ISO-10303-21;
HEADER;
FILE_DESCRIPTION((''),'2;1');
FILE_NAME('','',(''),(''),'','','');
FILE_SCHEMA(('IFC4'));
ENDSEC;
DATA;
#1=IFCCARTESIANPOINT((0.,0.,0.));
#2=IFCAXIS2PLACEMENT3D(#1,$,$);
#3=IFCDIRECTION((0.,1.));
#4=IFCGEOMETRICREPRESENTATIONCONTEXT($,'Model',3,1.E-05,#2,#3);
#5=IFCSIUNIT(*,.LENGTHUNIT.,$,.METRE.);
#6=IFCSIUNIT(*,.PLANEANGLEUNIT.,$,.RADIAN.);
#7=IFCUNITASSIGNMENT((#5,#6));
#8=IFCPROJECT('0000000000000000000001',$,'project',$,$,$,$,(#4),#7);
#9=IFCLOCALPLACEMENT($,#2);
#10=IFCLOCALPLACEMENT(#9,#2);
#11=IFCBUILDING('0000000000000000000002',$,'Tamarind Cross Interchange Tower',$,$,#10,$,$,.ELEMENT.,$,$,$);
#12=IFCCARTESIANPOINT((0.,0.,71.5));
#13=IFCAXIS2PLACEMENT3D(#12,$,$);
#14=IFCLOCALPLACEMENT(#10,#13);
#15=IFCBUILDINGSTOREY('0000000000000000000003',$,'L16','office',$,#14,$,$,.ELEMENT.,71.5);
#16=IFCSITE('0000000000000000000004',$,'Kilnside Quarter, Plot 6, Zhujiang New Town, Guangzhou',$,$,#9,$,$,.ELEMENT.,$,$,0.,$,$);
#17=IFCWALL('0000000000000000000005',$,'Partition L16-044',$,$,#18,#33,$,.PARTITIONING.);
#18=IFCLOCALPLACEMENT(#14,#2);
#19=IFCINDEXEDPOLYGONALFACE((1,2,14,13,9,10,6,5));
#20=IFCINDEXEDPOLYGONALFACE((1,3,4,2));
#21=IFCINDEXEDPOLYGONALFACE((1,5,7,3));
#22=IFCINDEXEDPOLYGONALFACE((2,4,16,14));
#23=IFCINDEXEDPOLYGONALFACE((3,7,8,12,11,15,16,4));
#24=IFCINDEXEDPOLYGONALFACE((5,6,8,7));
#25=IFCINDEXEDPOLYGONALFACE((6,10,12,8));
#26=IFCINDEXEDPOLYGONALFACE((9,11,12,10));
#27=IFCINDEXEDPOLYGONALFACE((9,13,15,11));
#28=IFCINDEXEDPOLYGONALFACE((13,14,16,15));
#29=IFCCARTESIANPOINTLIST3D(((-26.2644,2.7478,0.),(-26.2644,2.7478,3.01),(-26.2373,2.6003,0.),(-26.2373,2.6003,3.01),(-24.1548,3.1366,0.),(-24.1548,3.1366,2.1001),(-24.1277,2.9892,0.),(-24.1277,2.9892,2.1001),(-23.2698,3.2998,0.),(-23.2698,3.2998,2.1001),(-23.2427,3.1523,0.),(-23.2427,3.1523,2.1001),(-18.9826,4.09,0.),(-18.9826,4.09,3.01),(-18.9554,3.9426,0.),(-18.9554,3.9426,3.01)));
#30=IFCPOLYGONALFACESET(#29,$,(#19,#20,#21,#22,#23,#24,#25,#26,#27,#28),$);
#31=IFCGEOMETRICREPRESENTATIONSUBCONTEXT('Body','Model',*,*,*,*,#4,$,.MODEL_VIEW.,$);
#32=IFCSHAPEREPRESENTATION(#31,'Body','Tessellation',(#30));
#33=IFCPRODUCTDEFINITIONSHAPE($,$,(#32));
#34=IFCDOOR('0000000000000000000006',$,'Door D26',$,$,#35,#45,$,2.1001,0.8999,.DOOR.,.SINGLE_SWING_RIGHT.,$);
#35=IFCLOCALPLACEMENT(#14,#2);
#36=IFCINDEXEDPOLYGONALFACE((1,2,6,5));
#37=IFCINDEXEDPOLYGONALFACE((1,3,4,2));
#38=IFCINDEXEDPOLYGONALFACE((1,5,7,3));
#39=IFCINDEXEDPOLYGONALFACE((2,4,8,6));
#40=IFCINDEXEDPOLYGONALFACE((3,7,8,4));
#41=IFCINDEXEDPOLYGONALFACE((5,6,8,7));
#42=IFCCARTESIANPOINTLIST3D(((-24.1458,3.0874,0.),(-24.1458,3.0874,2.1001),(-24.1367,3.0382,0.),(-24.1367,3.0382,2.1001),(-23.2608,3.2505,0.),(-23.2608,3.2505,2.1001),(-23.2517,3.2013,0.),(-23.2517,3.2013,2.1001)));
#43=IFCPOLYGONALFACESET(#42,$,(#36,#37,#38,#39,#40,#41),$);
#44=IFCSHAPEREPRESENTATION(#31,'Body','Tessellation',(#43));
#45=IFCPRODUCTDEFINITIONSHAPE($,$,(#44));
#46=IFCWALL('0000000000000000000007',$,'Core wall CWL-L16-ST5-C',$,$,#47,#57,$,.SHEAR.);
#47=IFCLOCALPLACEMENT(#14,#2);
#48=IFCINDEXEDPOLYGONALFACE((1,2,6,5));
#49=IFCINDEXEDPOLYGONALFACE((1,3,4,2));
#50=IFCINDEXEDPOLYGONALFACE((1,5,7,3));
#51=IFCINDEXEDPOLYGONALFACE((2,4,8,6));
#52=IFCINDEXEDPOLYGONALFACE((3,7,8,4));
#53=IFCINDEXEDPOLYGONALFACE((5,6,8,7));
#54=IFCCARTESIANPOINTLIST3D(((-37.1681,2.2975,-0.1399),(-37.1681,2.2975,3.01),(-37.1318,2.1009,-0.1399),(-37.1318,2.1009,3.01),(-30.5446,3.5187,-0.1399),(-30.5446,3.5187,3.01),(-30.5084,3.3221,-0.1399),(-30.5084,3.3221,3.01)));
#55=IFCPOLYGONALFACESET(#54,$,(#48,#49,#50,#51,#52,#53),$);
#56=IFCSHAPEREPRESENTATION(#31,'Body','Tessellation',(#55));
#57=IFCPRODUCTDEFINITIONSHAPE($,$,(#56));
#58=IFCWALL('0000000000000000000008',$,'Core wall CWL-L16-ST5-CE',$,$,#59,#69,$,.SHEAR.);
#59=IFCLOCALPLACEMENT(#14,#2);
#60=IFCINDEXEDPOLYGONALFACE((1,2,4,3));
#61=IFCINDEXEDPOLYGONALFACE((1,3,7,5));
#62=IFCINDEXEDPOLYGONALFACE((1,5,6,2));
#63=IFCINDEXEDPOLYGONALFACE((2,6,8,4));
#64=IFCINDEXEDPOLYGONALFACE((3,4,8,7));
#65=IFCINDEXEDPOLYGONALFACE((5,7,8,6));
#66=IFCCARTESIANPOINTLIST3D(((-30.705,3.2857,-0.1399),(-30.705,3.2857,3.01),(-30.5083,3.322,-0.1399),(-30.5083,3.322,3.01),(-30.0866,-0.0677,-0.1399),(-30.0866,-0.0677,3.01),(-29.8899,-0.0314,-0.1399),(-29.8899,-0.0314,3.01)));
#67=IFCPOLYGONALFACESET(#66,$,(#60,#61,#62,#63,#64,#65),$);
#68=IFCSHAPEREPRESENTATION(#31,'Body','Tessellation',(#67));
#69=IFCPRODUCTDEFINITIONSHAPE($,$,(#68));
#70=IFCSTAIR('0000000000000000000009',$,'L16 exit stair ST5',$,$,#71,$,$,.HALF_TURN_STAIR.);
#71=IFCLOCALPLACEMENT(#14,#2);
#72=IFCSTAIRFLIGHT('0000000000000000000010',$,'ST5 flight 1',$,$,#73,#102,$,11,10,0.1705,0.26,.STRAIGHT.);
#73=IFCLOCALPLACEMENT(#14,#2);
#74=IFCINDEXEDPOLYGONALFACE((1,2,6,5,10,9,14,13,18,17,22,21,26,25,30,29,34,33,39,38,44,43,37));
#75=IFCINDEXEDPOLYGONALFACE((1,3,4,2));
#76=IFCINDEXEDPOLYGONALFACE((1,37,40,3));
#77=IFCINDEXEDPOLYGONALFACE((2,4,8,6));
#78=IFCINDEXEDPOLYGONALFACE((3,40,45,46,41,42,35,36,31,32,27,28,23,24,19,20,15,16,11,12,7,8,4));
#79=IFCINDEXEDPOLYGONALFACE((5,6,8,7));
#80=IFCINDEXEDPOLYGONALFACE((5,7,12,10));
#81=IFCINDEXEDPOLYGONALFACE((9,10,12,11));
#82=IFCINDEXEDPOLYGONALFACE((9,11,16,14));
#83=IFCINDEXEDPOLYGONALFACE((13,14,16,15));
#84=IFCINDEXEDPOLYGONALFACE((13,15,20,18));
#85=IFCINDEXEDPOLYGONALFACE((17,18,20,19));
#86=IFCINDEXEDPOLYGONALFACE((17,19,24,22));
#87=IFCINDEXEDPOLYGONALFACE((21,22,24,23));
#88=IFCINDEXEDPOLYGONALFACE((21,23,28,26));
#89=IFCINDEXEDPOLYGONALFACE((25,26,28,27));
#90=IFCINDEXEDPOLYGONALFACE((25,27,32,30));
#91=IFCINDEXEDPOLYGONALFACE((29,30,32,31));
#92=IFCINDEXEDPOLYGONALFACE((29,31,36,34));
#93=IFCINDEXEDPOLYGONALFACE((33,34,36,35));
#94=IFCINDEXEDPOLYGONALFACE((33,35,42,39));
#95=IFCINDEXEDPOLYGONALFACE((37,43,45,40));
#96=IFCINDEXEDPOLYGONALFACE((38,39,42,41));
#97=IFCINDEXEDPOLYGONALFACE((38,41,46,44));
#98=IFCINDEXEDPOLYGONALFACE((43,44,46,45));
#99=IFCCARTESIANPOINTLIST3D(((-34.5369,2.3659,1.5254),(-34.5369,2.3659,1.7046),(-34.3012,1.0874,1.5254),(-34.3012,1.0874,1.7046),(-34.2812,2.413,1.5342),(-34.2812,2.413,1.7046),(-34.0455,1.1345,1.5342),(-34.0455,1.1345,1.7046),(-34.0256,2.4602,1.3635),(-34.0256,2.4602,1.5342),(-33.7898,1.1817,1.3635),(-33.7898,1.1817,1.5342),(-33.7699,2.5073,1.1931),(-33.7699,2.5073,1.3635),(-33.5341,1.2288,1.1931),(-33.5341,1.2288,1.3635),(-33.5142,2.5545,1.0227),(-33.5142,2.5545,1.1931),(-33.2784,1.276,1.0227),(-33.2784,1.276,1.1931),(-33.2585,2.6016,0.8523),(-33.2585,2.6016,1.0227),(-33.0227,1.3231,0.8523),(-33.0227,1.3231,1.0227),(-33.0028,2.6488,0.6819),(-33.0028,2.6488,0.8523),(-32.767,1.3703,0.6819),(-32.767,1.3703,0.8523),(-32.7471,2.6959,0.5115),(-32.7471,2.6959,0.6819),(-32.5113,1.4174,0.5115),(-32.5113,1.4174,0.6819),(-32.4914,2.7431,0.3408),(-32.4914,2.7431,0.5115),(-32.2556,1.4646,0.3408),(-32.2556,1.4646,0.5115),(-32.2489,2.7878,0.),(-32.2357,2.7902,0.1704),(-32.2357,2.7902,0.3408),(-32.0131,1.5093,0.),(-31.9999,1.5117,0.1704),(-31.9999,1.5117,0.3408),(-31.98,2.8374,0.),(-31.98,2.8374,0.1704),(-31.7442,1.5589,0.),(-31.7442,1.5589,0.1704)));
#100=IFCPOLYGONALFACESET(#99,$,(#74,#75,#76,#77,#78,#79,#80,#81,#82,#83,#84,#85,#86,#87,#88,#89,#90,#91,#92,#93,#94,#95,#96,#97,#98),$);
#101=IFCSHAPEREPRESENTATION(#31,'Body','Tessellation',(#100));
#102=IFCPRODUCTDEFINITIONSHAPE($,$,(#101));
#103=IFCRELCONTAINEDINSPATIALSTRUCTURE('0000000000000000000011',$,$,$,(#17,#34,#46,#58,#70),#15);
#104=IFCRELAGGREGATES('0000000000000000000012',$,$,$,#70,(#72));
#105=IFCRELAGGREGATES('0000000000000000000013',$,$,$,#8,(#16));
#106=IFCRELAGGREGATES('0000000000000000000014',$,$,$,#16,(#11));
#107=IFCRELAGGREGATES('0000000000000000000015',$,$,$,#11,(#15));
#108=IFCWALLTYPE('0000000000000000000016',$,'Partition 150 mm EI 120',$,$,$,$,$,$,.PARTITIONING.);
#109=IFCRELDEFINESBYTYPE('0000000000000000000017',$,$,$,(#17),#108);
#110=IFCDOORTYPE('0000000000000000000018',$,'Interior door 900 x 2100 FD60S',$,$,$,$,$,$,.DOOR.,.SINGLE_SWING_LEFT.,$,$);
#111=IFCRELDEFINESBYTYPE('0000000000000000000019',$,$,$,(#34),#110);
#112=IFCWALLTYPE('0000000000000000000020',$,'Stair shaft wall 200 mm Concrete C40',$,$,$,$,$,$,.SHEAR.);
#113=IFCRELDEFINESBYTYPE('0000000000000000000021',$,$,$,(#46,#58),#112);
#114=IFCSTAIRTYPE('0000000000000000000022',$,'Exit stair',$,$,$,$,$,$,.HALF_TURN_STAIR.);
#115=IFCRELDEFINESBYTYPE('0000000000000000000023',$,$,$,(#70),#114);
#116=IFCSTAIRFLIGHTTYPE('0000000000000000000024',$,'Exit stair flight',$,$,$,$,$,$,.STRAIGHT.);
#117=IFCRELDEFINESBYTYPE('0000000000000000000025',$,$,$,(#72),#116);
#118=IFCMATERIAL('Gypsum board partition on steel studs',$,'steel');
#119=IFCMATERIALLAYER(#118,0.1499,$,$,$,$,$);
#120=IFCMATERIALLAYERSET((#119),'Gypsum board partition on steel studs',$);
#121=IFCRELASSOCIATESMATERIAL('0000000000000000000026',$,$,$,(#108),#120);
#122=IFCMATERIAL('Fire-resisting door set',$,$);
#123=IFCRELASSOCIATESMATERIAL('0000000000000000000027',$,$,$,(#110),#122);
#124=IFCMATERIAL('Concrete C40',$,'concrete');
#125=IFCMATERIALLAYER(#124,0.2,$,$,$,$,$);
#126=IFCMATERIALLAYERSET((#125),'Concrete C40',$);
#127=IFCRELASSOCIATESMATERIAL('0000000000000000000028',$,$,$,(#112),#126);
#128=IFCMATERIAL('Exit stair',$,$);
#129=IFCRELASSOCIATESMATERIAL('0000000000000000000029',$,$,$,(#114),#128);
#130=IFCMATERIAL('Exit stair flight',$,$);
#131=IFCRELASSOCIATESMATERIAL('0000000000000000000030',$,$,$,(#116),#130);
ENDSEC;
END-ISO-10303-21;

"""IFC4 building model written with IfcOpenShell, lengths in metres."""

from ifc_helpers import new_model, si_unit, direction, frame, frame_2d, origin, place, context, subcontext, project, spatial, polyline, rectangle, outline, extrude, material, layer, layer_set, type_object, element, fill, aggregate, save


model = new_model("IFC4")

# Units and contexts
model_context = context("Model", 3, precision=1e-05, world=origin(), true_north=direction((0.0, 1.0)))
body_context = subcontext(model_context, "Body", "Model", "MODEL_VIEW")
ifc_project = project(units=[si_unit("LENGTHUNIT", "METRE"), si_unit("PLANEANGLEUNIT", "RADIAN")], contexts=[model_context])

# Site, building, storey
site_placement = place(None, origin())
site = spatial("IfcSite", under=ifc_project, at=site_placement, Name="Kilnside Quarter, Plot 6, Zhujiang New Town, Guangzhou", CompositionType="ELEMENT", RefElevation=0.0)
building_placement = place(site_placement, origin())
building = spatial("IfcBuilding", under=site, at=building_placement, Name="Tamarind Cross Interchange Tower", CompositionType="ELEMENT")
storey_placement = place(building_placement, frame((0.0, 0.0, 71.5)))
storey = spatial("IfcBuildingStorey", under=building, at=storey_placement, Name="L16", Description="office", CompositionType="ELEMENT", Elevation=71.5)

# Shared definitions
ifc_material_1 = material(Name="Concrete C40", Category="concrete")

# Shared definitions
ifc_material_2 = material(Name="Gypsum board partition on steel studs", Category="steel")
ifc_layer_1 = layer(ifc_material_2, 0.1499)
ifc_layer_set_1 = layer_set([ifc_layer_1], Name="Gypsum board partition on steel studs")
wall_type_1 = type_object("IfcWallType", Name="Partition 150 mm EI 120", PredefinedType="PARTITIONING", material=ifc_layer_set_1)

# Wall, opening, door
ifc_material_3 = material(Name="Fire-resisting door set")
wall_1_placement = place(storey_placement, frame((-26.2507, 2.6741, 0.0), z_axis=(0.0, 0.0, 1.0), x_axis=(0.983432, 0.181276, 0.0)))
wall_1 = element("IfcWall", 1, at=wall_1_placement, inside=storey, type_object=wall_type_1, Name="Partition L16-044", PredefinedType="PARTITIONING", context=body_context, shape_type="SweptSolid", body=[
    extrude(rectangle(XDim=7.4045, YDim=0.1499, at=frame_2d((3.7021, 0.0))), origin(), (0.0, 0.0, 1.0), 3.01),
])
opening_1_placement = place(wall_1_placement, frame((2.145, 0.0, 0.0)))
opening_1 = element("IfcOpeningElement", 2, at=opening_1_placement, cuts=wall_1, PredefinedType="OPENING", context=body_context, shape_type="SweptSolid", body=[
    extrude(rectangle(XDim=0.8999, YDim=2.1001, at=frame_2d((0.45, 1.05))), frame((0.0, 0.085, 0.0), z_axis=(0.0, -1.0, 0.0), x_axis=(1.0, 0.0, 0.0)), (0.0, 0.0, 1.0), 0.1699),
])
door_type_1 = type_object("IfcDoorType", Name="Interior door 900 x 2100 FD60S", OperationType="SINGLE_SWING_LEFT", PredefinedType="DOOR", material=ifc_material_3)
door_1_placement = place(opening_1_placement, origin())
door_1 = element("IfcDoor", 3, at=door_1_placement, inside=storey, type_object=door_type_1, Name="Door D26", OperationType="SINGLE_SWING_RIGHT", OverallHeight=2.1001, OverallWidth=0.8999, PredefinedType="DOOR", context=body_context, shape_type="SweptSolid", body=[
    extrude(rectangle(XDim=0.8999, YDim=2.1001, at=frame_2d((0.45, 1.05))), frame((0.0, 0.0249, 0.0), z_axis=(0.0, -1.0, 0.0), x_axis=(1.0, 0.0, 0.0)), (0.0, 0.0, 1.0), 0.05),
])
fill(opening_1, door_1)

# Walls
ifc_layer_2 = layer(ifc_material_1, 0.2)
ifc_layer_set_2 = layer_set([ifc_layer_2], Name="Concrete C40")
wall_type_2 = type_object("IfcWallType", Name="Stair shaft wall 200 mm Concrete C40", PredefinedType="SHEAR", material=ifc_layer_set_2)
wall_2_placement = place(storey_placement, frame((-30.5264, 3.4204, -0.1399), z_axis=(0.0, 0.0, 1.0), x_axis=(-0.983425, -0.181316, 0.0)))
element("IfcWall", 4, at=wall_2_placement, inside=storey, type_object=wall_type_2, Name="Core wall CWL-L16-ST5-C", PredefinedType="SHEAR", context=body_context, shape_type="SweptSolid", body=[
    extrude(rectangle(XDim=6.7351, YDim=0.2, at=frame_2d((3.3677, 0.0))), origin(), (0.0, 0.0, 1.0), 3.1499),
])
wall_3_placement = place(storey_placement, frame((-30.6067, 3.304, -0.1399), z_axis=(0.0, 0.0, 1.0), x_axis=(0.181361, -0.983417, 0.0)))
element("IfcWall", 5, at=wall_3_placement, inside=storey, type_object=wall_type_2, Name="Core wall CWL-L16-ST5-CE", PredefinedType="SHEAR", context=body_context, shape_type="SweptSolid", body=[
    extrude(rectangle(XDim=3.4099, YDim=0.2, at=frame_2d((1.7051, 0.0))), origin(), (0.0, 0.0, 1.0), 3.1499),
])

# Stair, stair flight
ifc_material_4 = material(Name="Exit stair")
stair_type = type_object("IfcStairType", Name="Exit stair", PredefinedType="HALF_TURN_STAIR", material=ifc_material_4)
stair_placement = place(storey_placement, origin())
stair = element("IfcStair", 6, at=stair_placement, inside=storey, type_object=stair_type, Name="L16 exit stair ST5", PredefinedType="HALF_TURN_STAIR")
ifc_material_5 = material(Name="Exit stair flight")
stair_flight_type = type_object("IfcStairFlightType", Name="Exit stair flight", PredefinedType="STRAIGHT", material=ifc_material_5)
stair_flight_placement = place(storey_placement, frame((-31.8621, 2.198, 0.0), z_axis=(0.0, 0.0, 1.0), x_axis=(-0.98342, -0.181343, 0.0)))
stair_flight = element("IfcStairFlight", 7, at=stair_flight_placement, type_object=stair_flight_type, Name="ST5 flight 1", NumberOfRisers=11, NumberOfTreads=10, PredefinedType="STRAIGHT", RiserHeight=0.1705, TreadLength=0.26, context=body_context, shape_type="SweptSolid", body=[
    extrude(outline(polyline([(0.0, 0.0), (0.0, 0.1704), (0.26, 0.1704), (0.26, 0.3408), (0.52, 0.3408), (0.52, 0.5115), (0.78, 0.5115), (0.78, 0.6819), (1.04, 0.6819), (1.04, 0.8523), (1.3, 0.8523), (1.3, 1.0227), (1.5601, 1.0227), (1.5601, 1.1931), (1.8201, 1.1931), (1.8201, 1.3635), (2.0801, 1.3635), (2.0801, 1.5342), (2.3401, 1.5342), (2.3401, 1.7046), (2.6001, 1.7046), (2.6001, 1.875), (2.6001, 1.5254), (0.2734, 0.0), (0.0, 0.0)])), frame((0.0, 0.6499, 0.0), z_axis=(0.0, -1.0, 0.0), x_axis=(1.0, 0.0, 0.0)), (0.0, 0.0, 1.0), 1.3),
])
aggregate(stair, [stair_flight])

save(model, "model.ifc")
